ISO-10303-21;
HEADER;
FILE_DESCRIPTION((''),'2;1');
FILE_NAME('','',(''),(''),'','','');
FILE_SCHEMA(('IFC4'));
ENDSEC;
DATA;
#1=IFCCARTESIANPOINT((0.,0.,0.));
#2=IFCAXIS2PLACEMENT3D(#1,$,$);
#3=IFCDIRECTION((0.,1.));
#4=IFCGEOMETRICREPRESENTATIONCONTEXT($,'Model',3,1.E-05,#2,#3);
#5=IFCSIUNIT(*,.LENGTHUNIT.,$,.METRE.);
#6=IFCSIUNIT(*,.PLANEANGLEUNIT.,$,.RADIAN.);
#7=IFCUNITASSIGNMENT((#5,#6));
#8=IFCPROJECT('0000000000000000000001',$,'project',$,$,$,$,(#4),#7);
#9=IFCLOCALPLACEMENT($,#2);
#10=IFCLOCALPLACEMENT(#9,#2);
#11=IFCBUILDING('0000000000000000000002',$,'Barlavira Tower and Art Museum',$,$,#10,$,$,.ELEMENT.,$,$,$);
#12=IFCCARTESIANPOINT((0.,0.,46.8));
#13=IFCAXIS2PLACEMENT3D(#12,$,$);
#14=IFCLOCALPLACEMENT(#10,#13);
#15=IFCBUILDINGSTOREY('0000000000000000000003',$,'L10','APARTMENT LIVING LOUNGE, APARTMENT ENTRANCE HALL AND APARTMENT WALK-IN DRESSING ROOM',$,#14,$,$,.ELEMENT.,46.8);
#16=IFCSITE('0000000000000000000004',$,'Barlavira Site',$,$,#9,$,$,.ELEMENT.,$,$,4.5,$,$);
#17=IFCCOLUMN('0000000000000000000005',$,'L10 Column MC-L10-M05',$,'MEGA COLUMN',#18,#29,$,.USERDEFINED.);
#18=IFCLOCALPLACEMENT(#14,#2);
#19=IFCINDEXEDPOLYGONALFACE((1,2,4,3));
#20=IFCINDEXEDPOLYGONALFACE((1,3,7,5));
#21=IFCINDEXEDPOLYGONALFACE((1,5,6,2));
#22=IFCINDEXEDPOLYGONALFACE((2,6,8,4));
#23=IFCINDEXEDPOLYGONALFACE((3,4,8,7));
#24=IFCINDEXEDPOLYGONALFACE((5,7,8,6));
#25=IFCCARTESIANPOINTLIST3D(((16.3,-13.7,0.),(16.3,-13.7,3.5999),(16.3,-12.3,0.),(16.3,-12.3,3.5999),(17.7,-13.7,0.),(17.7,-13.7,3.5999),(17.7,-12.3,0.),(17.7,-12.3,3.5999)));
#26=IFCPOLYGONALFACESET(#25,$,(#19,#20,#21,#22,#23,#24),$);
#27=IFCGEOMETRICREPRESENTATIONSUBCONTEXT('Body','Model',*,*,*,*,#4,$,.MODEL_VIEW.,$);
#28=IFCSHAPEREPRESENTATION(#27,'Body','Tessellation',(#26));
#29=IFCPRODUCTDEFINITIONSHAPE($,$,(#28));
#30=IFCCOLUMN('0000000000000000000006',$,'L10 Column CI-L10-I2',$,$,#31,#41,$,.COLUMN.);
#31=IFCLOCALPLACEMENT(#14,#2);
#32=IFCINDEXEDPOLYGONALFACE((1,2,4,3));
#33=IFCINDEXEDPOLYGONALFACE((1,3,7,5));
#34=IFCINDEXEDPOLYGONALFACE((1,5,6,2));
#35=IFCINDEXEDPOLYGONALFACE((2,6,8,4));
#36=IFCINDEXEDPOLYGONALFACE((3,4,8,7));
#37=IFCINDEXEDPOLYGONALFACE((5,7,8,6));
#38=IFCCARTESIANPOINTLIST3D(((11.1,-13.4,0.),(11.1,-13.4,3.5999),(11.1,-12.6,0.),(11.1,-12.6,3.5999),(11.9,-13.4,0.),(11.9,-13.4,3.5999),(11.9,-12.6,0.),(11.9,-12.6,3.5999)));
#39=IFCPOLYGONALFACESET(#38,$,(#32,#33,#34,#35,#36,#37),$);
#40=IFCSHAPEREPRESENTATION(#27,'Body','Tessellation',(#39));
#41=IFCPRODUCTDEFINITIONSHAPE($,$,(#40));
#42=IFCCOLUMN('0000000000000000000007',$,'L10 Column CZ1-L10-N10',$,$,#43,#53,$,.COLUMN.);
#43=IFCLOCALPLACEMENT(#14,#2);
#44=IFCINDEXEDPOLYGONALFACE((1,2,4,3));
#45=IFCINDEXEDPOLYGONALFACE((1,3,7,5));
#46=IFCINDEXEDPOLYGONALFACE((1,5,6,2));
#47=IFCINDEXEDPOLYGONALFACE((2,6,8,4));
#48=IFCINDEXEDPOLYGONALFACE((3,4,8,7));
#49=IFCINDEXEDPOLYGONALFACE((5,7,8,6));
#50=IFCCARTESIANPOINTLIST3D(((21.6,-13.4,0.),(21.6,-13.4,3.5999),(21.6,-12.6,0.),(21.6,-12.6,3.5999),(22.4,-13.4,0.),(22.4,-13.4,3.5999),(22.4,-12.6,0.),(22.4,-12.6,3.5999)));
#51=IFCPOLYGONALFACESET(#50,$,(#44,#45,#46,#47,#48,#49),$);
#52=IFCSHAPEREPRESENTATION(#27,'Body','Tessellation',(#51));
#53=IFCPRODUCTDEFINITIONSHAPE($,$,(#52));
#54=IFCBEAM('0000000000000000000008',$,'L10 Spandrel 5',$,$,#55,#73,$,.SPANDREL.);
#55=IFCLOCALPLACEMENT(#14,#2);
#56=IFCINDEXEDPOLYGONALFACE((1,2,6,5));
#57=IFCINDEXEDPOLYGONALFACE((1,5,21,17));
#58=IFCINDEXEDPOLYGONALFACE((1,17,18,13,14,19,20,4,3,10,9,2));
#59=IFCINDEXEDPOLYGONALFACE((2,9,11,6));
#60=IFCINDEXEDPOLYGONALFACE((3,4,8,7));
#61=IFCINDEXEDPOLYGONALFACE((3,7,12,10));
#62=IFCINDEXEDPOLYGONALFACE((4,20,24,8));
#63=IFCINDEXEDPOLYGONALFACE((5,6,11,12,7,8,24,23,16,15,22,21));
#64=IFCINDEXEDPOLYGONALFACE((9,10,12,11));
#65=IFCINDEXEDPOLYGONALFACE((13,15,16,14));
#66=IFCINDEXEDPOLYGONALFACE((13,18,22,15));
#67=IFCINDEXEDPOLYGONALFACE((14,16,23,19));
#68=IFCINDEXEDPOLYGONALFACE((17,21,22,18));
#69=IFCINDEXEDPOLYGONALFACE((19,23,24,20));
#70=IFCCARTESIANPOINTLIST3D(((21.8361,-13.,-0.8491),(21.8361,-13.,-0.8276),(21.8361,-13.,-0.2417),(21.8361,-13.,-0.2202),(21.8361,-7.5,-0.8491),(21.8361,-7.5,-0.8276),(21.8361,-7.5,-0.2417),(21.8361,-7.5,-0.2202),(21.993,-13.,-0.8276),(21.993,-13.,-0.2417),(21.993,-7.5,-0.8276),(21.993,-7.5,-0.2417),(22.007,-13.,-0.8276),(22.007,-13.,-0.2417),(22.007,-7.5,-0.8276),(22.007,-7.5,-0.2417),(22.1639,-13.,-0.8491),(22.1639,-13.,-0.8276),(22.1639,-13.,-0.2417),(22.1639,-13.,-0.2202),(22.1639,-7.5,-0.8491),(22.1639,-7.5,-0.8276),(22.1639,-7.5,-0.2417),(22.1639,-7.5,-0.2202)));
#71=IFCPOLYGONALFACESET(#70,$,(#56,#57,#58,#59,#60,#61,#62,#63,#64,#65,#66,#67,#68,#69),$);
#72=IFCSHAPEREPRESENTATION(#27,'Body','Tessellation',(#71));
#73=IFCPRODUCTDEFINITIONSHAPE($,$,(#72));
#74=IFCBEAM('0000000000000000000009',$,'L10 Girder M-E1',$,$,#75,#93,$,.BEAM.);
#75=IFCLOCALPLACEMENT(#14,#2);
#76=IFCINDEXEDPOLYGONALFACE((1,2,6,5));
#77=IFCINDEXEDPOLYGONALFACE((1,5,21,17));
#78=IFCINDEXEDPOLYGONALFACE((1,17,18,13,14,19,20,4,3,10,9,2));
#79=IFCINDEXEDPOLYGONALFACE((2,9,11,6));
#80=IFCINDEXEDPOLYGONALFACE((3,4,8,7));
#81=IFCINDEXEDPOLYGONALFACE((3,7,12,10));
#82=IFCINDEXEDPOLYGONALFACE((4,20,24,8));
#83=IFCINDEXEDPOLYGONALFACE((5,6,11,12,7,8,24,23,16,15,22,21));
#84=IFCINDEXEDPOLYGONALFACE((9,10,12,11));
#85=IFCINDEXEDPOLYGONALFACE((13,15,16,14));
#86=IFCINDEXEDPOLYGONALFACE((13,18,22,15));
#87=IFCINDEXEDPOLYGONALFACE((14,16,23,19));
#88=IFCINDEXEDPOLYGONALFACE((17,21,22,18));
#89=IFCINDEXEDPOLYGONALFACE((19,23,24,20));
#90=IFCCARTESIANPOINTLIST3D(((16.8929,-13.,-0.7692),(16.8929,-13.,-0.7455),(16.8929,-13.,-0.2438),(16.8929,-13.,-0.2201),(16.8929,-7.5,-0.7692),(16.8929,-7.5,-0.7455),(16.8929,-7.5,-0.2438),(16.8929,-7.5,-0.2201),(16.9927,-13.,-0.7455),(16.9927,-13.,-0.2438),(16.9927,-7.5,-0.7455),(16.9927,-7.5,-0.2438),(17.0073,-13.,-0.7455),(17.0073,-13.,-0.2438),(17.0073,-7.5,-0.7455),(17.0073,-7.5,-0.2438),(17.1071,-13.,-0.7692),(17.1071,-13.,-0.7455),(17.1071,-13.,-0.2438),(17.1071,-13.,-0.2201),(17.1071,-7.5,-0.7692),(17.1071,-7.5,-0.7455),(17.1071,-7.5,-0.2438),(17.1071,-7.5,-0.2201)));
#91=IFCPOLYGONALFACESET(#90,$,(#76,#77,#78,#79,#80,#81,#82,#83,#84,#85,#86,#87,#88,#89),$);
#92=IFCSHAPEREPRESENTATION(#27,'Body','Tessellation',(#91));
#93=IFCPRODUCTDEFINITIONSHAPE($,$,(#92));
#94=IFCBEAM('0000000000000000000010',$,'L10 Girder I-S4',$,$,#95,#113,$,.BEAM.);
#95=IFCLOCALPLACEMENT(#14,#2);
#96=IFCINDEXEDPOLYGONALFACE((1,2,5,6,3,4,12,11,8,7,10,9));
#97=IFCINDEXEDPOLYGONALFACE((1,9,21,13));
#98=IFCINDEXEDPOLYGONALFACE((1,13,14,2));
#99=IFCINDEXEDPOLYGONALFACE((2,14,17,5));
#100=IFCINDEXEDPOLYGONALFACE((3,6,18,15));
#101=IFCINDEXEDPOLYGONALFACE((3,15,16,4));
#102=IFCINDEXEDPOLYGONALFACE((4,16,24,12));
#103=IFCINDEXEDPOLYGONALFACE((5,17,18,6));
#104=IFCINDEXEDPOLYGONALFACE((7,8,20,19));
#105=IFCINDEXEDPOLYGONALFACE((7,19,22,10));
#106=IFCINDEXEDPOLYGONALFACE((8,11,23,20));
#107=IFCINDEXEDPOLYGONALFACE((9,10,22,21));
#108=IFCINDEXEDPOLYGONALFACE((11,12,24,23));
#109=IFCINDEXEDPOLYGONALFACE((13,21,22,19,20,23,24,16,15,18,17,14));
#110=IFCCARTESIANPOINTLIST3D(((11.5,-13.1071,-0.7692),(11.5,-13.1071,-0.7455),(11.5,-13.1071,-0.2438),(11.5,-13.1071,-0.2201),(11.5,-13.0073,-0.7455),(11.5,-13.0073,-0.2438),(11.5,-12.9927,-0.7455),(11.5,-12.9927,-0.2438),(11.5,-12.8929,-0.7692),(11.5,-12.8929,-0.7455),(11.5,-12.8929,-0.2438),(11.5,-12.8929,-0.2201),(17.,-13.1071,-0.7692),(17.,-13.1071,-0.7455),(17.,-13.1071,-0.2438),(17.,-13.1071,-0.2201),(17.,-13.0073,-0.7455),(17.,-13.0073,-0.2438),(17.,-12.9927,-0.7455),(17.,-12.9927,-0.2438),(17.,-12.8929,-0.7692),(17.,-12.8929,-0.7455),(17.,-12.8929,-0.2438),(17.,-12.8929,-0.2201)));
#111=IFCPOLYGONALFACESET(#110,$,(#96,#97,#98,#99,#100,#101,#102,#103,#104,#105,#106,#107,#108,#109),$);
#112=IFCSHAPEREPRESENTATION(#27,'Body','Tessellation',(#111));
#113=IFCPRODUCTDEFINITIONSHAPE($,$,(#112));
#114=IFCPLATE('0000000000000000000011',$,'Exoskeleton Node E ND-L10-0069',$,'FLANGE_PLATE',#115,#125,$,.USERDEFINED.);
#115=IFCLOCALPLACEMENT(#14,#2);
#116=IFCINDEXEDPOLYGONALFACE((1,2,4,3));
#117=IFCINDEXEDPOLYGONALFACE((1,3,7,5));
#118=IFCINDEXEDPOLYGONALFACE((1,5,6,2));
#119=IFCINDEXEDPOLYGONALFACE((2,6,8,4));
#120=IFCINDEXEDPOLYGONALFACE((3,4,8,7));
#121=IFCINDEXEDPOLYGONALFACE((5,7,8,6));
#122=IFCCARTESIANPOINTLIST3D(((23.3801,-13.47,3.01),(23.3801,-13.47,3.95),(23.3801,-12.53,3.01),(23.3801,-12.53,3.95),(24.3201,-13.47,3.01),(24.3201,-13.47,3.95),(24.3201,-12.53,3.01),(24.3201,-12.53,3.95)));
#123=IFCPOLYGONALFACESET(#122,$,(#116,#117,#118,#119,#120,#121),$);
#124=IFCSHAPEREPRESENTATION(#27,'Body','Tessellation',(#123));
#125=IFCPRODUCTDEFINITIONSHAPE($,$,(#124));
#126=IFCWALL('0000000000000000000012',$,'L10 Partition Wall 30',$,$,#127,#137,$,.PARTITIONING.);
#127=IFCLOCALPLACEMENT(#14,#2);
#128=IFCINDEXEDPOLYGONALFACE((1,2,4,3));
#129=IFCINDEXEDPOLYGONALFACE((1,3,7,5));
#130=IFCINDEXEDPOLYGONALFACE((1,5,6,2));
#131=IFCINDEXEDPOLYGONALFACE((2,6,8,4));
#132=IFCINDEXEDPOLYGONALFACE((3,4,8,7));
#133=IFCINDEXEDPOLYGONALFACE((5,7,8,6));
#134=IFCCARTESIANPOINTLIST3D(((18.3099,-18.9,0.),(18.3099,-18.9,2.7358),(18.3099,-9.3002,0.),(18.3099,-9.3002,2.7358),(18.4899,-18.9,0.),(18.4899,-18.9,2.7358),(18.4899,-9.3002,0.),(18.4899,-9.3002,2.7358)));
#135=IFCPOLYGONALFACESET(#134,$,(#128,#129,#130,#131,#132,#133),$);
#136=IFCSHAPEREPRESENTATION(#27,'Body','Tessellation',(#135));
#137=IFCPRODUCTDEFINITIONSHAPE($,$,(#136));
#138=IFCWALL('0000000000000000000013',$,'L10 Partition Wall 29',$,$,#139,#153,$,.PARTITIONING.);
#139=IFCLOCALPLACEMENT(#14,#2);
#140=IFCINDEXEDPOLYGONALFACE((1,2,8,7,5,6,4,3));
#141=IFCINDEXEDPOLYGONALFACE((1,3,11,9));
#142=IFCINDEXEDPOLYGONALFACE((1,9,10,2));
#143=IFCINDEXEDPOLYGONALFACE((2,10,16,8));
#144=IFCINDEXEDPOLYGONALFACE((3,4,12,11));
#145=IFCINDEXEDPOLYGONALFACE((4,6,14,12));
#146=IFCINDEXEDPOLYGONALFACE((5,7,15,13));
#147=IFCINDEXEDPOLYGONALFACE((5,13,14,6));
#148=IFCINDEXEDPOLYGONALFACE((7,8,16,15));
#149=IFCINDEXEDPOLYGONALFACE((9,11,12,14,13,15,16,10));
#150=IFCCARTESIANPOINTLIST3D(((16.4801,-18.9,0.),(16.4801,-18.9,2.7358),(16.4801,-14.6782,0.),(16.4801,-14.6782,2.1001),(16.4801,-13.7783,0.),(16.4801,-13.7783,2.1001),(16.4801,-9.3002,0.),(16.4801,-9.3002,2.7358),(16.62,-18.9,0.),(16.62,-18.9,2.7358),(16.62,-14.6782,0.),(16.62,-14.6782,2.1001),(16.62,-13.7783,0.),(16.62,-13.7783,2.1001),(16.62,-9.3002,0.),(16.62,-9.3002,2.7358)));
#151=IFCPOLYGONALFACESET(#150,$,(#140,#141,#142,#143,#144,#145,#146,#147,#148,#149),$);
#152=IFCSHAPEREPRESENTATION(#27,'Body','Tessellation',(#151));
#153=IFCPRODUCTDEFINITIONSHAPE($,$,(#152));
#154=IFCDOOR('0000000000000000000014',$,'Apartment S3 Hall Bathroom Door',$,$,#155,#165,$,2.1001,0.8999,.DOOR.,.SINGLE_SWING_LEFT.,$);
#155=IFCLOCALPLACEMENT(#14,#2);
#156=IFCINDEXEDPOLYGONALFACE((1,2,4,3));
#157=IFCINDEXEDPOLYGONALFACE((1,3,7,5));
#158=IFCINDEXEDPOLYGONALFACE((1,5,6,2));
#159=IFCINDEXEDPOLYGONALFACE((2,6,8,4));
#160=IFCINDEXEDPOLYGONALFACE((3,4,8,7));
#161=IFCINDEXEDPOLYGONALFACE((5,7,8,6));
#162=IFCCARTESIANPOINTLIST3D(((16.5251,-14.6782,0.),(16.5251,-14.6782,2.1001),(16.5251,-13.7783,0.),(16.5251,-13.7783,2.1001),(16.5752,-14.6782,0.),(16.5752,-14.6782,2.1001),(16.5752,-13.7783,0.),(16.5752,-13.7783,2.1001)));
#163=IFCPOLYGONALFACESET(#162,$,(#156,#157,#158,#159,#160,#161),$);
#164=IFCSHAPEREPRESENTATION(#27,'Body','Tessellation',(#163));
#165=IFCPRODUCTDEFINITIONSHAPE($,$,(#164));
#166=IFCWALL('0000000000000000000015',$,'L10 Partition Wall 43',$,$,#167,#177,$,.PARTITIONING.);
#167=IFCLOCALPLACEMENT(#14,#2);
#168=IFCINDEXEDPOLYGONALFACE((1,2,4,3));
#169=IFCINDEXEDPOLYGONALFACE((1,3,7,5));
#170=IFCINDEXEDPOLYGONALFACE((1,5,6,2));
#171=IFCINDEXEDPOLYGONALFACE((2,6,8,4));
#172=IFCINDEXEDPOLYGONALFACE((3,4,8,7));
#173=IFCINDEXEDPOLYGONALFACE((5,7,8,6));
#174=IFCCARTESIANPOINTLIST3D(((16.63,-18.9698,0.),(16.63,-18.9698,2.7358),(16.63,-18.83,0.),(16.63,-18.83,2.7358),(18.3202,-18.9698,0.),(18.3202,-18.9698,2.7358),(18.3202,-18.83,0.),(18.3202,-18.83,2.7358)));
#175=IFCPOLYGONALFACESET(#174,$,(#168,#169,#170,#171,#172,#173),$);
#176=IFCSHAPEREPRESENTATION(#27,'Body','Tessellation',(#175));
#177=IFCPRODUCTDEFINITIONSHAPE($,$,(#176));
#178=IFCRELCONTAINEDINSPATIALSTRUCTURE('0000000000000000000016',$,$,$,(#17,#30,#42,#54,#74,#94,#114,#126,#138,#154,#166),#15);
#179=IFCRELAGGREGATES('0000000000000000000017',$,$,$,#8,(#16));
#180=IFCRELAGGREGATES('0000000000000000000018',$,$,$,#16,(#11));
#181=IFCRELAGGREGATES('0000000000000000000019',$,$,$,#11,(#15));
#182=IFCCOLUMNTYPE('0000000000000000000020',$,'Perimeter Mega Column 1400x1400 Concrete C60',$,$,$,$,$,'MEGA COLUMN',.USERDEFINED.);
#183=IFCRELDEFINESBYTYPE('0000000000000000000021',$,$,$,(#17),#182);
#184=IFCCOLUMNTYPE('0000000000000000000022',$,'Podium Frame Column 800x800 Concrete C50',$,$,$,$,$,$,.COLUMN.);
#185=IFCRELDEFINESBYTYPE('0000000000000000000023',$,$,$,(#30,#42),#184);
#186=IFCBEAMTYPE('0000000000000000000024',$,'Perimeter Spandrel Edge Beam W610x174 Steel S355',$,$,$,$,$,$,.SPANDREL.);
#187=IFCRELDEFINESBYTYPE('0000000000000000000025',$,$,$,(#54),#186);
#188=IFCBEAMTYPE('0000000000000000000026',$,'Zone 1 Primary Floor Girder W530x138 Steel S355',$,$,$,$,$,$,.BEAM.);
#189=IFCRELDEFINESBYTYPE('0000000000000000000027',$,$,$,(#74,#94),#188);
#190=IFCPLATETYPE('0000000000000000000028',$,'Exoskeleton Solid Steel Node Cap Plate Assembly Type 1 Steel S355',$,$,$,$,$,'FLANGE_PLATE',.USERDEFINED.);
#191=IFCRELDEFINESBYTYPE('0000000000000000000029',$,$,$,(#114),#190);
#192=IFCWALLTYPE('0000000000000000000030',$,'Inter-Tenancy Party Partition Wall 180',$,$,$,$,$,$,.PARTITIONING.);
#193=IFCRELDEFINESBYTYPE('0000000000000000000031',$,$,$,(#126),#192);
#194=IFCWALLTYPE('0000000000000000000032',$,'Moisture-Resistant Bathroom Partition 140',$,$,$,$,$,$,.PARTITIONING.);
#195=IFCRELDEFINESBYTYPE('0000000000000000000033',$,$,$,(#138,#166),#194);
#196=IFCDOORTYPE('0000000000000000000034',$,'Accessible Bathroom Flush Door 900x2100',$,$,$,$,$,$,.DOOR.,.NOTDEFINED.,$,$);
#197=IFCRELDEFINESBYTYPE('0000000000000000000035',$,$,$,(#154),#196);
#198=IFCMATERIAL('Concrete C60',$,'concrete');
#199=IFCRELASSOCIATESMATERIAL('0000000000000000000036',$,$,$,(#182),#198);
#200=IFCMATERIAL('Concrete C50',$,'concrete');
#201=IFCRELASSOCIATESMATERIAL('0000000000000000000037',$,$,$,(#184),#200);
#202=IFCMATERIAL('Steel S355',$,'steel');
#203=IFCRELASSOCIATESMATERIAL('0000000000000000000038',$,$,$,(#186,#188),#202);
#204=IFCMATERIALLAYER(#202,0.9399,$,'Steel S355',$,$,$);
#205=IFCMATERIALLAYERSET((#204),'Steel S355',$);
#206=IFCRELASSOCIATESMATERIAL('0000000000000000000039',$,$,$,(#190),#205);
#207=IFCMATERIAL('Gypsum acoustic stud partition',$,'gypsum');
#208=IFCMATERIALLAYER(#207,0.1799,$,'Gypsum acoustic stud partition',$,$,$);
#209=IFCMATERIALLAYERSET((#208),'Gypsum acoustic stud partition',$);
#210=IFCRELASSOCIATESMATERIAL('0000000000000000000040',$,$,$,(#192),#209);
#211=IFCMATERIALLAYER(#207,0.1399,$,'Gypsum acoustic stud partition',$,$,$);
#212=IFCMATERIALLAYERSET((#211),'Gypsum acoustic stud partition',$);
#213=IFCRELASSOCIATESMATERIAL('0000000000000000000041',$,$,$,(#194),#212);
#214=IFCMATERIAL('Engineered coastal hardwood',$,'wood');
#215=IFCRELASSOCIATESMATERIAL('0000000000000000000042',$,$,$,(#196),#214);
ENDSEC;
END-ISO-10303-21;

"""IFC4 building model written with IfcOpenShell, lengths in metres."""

from ifc_helpers import new_model, si_unit, direction, frame, frame_2d, origin, origin_2d, place, context, subcontext, project, spatial, rectangle, i_section, extrude, material, layer, layer_set, material_profile, profile_set, type_object, element, fill, save


model = new_model("IFC4")

# Units and contexts
model_context = context("Model", 3, precision=1e-05, world=origin(), true_north=direction((0.0, 1.0)))
body_context = subcontext(model_context, "Body", "Model", "MODEL_VIEW")
ifc_project = project(units=[si_unit("LENGTHUNIT", "METRE"), si_unit("PLANEANGLEUNIT", "RADIAN")], contexts=[model_context])

# Site, building, storey
site_placement = place(None, origin())
site = spatial("IfcSite", under=ifc_project, at=site_placement, Name="Barlavira Site", CompositionType="ELEMENT", RefElevation=4.5)
building_placement = place(site_placement, origin())
building = spatial("IfcBuilding", under=site, at=building_placement, Name="Barlavira Tower and Art Museum", CompositionType="ELEMENT")
storey_placement = place(building_placement, frame((0.0, 0.0, 46.8)))
storey = spatial("IfcBuildingStorey", under=building, at=storey_placement, Name="L10", Description="APARTMENT LIVING LOUNGE, APARTMENT ENTRANCE HALL AND APARTMENT WALK-IN DRESSING ROOM", CompositionType="ELEMENT", Elevation=46.8)

# Columns
ifc_material_1 = material(Name="Concrete C60", Category="concrete")
ifc_material_profile_1 = material_profile(ifc_material_1, rectangle(XDim=1.3999, YDim=1.3999, at=origin_2d()), Name="RC-MCOL 1400x1400")
ifc_profile_set_1 = profile_set([ifc_material_profile_1], Name="Concrete C60")
column_type_1 = type_object("IfcColumnType", Name="Perimeter Mega Column 1400x1400 Concrete C60", ElementType="MEGA COLUMN", PredefinedType="USERDEFINED", material=ifc_profile_set_1)
column_placement = place(storey_placement, frame((17.0, -13.0, 0.0), z_axis=(0.0, 0.0, 1.0), x_axis=(1.0, 0.0, 0.0)))
element("IfcColumn", 1, at=column_placement, inside=storey, type_object=column_type_1, Name="L10 Column MC-L10-M05", ObjectType="MEGA COLUMN", PredefinedType="USERDEFINED", context=body_context, shape_type="SweptSolid", body=[
    extrude(rectangle(XDim=1.3999, YDim=1.3999, at=origin_2d()), origin(), (0.0, 0.0, 1.0), 3.5999),
])
ifc_material_2 = material(Name="Concrete C50", Category="concrete")
ifc_material_profile_2 = material_profile(ifc_material_2, rectangle(XDim=0.8, YDim=0.8, at=origin_2d()), Name="RC-COL 800x800")
ifc_profile_set_2 = profile_set([ifc_material_profile_2], Name="Concrete C50")
column_type_2 = type_object("IfcColumnType", Name="Podium Frame Column 800x800 Concrete C50", PredefinedType="COLUMN", material=ifc_profile_set_2)
for number, where, z_axis, x_axis, name in (
    (2, (11.5, -13.0, 0.0), (0.0, 0.0, 1.0), (1.0, 0.0, 0.0), "L10 Column CI-L10-I2"),
    (3, (22.0, -13.0, 0.0), (0.0, 0.0, 1.0), (1.0, 0.0, 0.0), "L10 Column CZ1-L10-N10"),
):
    element("IfcColumn", number, at=place(storey_placement, frame(where, z_axis=z_axis, x_axis=x_axis)), inside=storey, type_object=column_type_2, Name=name, PredefinedType="COLUMN", context=body_context, shape_type="SweptSolid", body=[
        extrude(rectangle(XDim=0.8, YDim=0.8, at=origin_2d()), origin(), (0.0, 0.0, 1.0), 3.5999),
    ])

# Beams
ifc_material_3 = material(Name="Steel S355", Category="steel")
ifc_material_profile_3 = material_profile(ifc_material_3, i_section(OverallWidth=0.3279, OverallDepth=0.6289, WebThickness=0.0139, FlangeThickness=0.0215, at=origin_2d()), Name="W610x174.0")
ifc_profile_set_3 = profile_set([ifc_material_profile_3], Name="Steel S355")
beam_type_1 = type_object("IfcBeamType", Name="Perimeter Spandrel Edge Beam W610x174 Steel S355", PredefinedType="SPANDREL", material=ifc_profile_set_3)
beam_placement = place(storey_placement, frame((22.0, -13.0, -0.5347), z_axis=(0.0, 1.0, 0.0), x_axis=(-1.0, 0.0, 0.0)))
element("IfcBeam", 4, at=beam_placement, inside=storey, type_object=beam_type_1, Name="L10 Spandrel 5", PredefinedType="SPANDREL", context=body_context, shape_type="SweptSolid", body=[
    extrude(i_section(OverallWidth=0.3279, OverallDepth=0.6289, WebThickness=0.0139, FlangeThickness=0.0215, at=origin_2d()), origin(), (0.0, 0.0, 1.0), 5.5),
])
ifc_material_profile_4 = material_profile(ifc_material_3, i_section(OverallWidth=0.2141, OverallDepth=0.5491, WebThickness=0.0146, FlangeThickness=0.0237, at=origin_2d()), Name="W530x138.0")
ifc_profile_set_4 = profile_set([ifc_material_profile_4], Name="Steel S355")
beam_type_2 = type_object("IfcBeamType", Name="Zone 1 Primary Floor Girder W530x138 Steel S355", PredefinedType="BEAM", material=ifc_profile_set_4)
for number, where, z_axis, x_axis, name in (
    (5, (17.0, -13.0, -0.4946), (0.0, 1.0, 0.0), (-1.0, 0.0, 0.0), "L10 Girder M-E1"),
    (6, (11.5, -13.0, -0.4946), (1.0, 0.0, 0.0), (0.0, 1.0, 0.0), "L10 Girder I-S4"),
):
    element("IfcBeam", number, at=place(storey_placement, frame(where, z_axis=z_axis, x_axis=x_axis)), inside=storey, type_object=beam_type_2, Name=name, PredefinedType="BEAM", context=body_context, shape_type="SweptSolid", body=[
        extrude(i_section(OverallWidth=0.2141, OverallDepth=0.5491, WebThickness=0.0146, FlangeThickness=0.0237, at=origin_2d()), origin(), (0.0, 0.0, 1.0), 5.5),
    ])

# Plate
ifc_layer_1 = layer(ifc_material_3, 0.9399, Name="Steel S355")
ifc_layer_set_1 = layer_set([ifc_layer_1], Name="Steel S355")
plate_type = type_object("IfcPlateType", Name="Exoskeleton Solid Steel Node Cap Plate Assembly Type 1 Steel S355", ElementType="FLANGE_PLATE", PredefinedType="USERDEFINED", material=ifc_layer_set_1)
plate_placement = place(storey_placement, frame((23.8501, -13.0, 3.01), z_axis=(0.0, 0.0, 1.0), x_axis=(1.0, 0.0, 0.0)))
element("IfcPlate", 7, at=plate_placement, inside=storey, type_object=plate_type, Name="Exoskeleton Node E ND-L10-0069", ObjectType="FLANGE_PLATE", PredefinedType="USERDEFINED", context=body_context, shape_type="SweptSolid", body=[
    extrude(rectangle(XDim=0.9399, YDim=0.9399, at=origin_2d()), origin(), (0.0, 0.0, 1.0), 0.9399),
])

# Wall
ifc_material_4 = material(Name="Gypsum acoustic stud partition", Category="gypsum")
ifc_layer_2 = layer(ifc_material_4, 0.1799, Name="Gypsum acoustic stud partition")
ifc_layer_set_2 = layer_set([ifc_layer_2], Name="Gypsum acoustic stud partition")
wall_type_1 = type_object("IfcWallType", Name="Inter-Tenancy Party Partition Wall 180", PredefinedType="PARTITIONING", material=ifc_layer_set_2)
wall_1_placement = place(storey_placement, frame((18.3999, -18.8999, 0.0), z_axis=(0.0, 0.0, 1.0), x_axis=(0.0, 1.0, 0.0)))
element("IfcWall", 8, at=wall_1_placement, inside=storey, type_object=wall_type_1, Name="L10 Partition Wall 30", PredefinedType="PARTITIONING", context=body_context, shape_type="SweptSolid", body=[
    extrude(rectangle(XDim=9.5999, YDim=0.1799, at=frame_2d((4.7998, 0.0))), origin(), (0.0, 0.0, 1.0), 2.7358),
])

# Wall, opening, door
ifc_layer_3 = layer(ifc_material_4, 0.1399, Name="Gypsum acoustic stud partition")
ifc_layer_set_3 = layer_set([ifc_layer_3], Name="Gypsum acoustic stud partition")
wall_type_2 = type_object("IfcWallType", Name="Moisture-Resistant Bathroom Partition 140", PredefinedType="PARTITIONING", material=ifc_layer_set_3)
wall_2_placement = place(storey_placement, frame((16.55, -18.8999, 0.0), z_axis=(0.0, 0.0, 1.0), x_axis=(0.0, 1.0, 0.0)))
wall_2 = element("IfcWall", 9, at=wall_2_placement, inside=storey, type_object=wall_type_2, Name="L10 Partition Wall 29", PredefinedType="PARTITIONING", context=body_context, shape_type="SweptSolid", body=[
    extrude(rectangle(XDim=9.5999, YDim=0.1399, at=frame_2d((4.7998, 0.0))), origin(), (0.0, 0.0, 1.0), 2.7358),
])
opening_1_placement = place(wall_2_placement, frame((4.2217, 0.0, 0.0)))
opening_1 = element("IfcOpeningElement", 10, at=opening_1_placement, cuts=wall_2, PredefinedType="OPENING", context=body_context, shape_type="SweptSolid", body=[
    extrude(rectangle(XDim=0.8999, YDim=2.1001, at=frame_2d((0.45, 1.05))), frame((0.0, 0.0801, 0.0), z_axis=(0.0, -1.0, 0.0), x_axis=(1.0, 0.0, 0.0)), (0.0, 0.0, 1.0), 0.1599),
])
ifc_material_5 = material(Name="Engineered coastal hardwood", Category="wood")
door_type = type_object("IfcDoorType", Name="Accessible Bathroom Flush Door 900x2100", OperationType="NOTDEFINED", PredefinedType="DOOR", material=ifc_material_5)
door_placement = place(opening_1_placement, origin())
door = element("IfcDoor", 11, at=door_placement, inside=storey, type_object=door_type, Name="Apartment S3 Hall Bathroom Door", OperationType="SINGLE_SWING_LEFT", OverallHeight=2.1001, OverallWidth=0.8999, PredefinedType="DOOR", context=body_context, shape_type="SweptSolid", body=[
    extrude(rectangle(XDim=0.8999, YDim=2.1001, at=frame_2d((0.45, 1.05))), frame((0.0, 0.0249, 0.0), z_axis=(0.0, -1.0, 0.0), x_axis=(1.0, 0.0, 0.0)), (0.0, 0.0, 1.0), 0.05),
])
fill(opening_1, door)

# Wall
wall_3_placement = place(storey_placement, frame((16.6299, -18.8999, 0.0), z_axis=(0.0, 0.0, 1.0), x_axis=(1.0, 0.0, 0.0)))
element("IfcWall", 12, at=wall_3_placement, inside=storey, type_object=wall_type_2, Name="L10 Partition Wall 43", PredefinedType="PARTITIONING", context=body_context, shape_type="SweptSolid", body=[
    extrude(rectangle(XDim=1.6902, YDim=0.1399, at=frame_2d((0.8452, 0.0))), origin(), (0.0, 0.0, 1.0), 2.7358),
])

save(model, "model.ifc")
